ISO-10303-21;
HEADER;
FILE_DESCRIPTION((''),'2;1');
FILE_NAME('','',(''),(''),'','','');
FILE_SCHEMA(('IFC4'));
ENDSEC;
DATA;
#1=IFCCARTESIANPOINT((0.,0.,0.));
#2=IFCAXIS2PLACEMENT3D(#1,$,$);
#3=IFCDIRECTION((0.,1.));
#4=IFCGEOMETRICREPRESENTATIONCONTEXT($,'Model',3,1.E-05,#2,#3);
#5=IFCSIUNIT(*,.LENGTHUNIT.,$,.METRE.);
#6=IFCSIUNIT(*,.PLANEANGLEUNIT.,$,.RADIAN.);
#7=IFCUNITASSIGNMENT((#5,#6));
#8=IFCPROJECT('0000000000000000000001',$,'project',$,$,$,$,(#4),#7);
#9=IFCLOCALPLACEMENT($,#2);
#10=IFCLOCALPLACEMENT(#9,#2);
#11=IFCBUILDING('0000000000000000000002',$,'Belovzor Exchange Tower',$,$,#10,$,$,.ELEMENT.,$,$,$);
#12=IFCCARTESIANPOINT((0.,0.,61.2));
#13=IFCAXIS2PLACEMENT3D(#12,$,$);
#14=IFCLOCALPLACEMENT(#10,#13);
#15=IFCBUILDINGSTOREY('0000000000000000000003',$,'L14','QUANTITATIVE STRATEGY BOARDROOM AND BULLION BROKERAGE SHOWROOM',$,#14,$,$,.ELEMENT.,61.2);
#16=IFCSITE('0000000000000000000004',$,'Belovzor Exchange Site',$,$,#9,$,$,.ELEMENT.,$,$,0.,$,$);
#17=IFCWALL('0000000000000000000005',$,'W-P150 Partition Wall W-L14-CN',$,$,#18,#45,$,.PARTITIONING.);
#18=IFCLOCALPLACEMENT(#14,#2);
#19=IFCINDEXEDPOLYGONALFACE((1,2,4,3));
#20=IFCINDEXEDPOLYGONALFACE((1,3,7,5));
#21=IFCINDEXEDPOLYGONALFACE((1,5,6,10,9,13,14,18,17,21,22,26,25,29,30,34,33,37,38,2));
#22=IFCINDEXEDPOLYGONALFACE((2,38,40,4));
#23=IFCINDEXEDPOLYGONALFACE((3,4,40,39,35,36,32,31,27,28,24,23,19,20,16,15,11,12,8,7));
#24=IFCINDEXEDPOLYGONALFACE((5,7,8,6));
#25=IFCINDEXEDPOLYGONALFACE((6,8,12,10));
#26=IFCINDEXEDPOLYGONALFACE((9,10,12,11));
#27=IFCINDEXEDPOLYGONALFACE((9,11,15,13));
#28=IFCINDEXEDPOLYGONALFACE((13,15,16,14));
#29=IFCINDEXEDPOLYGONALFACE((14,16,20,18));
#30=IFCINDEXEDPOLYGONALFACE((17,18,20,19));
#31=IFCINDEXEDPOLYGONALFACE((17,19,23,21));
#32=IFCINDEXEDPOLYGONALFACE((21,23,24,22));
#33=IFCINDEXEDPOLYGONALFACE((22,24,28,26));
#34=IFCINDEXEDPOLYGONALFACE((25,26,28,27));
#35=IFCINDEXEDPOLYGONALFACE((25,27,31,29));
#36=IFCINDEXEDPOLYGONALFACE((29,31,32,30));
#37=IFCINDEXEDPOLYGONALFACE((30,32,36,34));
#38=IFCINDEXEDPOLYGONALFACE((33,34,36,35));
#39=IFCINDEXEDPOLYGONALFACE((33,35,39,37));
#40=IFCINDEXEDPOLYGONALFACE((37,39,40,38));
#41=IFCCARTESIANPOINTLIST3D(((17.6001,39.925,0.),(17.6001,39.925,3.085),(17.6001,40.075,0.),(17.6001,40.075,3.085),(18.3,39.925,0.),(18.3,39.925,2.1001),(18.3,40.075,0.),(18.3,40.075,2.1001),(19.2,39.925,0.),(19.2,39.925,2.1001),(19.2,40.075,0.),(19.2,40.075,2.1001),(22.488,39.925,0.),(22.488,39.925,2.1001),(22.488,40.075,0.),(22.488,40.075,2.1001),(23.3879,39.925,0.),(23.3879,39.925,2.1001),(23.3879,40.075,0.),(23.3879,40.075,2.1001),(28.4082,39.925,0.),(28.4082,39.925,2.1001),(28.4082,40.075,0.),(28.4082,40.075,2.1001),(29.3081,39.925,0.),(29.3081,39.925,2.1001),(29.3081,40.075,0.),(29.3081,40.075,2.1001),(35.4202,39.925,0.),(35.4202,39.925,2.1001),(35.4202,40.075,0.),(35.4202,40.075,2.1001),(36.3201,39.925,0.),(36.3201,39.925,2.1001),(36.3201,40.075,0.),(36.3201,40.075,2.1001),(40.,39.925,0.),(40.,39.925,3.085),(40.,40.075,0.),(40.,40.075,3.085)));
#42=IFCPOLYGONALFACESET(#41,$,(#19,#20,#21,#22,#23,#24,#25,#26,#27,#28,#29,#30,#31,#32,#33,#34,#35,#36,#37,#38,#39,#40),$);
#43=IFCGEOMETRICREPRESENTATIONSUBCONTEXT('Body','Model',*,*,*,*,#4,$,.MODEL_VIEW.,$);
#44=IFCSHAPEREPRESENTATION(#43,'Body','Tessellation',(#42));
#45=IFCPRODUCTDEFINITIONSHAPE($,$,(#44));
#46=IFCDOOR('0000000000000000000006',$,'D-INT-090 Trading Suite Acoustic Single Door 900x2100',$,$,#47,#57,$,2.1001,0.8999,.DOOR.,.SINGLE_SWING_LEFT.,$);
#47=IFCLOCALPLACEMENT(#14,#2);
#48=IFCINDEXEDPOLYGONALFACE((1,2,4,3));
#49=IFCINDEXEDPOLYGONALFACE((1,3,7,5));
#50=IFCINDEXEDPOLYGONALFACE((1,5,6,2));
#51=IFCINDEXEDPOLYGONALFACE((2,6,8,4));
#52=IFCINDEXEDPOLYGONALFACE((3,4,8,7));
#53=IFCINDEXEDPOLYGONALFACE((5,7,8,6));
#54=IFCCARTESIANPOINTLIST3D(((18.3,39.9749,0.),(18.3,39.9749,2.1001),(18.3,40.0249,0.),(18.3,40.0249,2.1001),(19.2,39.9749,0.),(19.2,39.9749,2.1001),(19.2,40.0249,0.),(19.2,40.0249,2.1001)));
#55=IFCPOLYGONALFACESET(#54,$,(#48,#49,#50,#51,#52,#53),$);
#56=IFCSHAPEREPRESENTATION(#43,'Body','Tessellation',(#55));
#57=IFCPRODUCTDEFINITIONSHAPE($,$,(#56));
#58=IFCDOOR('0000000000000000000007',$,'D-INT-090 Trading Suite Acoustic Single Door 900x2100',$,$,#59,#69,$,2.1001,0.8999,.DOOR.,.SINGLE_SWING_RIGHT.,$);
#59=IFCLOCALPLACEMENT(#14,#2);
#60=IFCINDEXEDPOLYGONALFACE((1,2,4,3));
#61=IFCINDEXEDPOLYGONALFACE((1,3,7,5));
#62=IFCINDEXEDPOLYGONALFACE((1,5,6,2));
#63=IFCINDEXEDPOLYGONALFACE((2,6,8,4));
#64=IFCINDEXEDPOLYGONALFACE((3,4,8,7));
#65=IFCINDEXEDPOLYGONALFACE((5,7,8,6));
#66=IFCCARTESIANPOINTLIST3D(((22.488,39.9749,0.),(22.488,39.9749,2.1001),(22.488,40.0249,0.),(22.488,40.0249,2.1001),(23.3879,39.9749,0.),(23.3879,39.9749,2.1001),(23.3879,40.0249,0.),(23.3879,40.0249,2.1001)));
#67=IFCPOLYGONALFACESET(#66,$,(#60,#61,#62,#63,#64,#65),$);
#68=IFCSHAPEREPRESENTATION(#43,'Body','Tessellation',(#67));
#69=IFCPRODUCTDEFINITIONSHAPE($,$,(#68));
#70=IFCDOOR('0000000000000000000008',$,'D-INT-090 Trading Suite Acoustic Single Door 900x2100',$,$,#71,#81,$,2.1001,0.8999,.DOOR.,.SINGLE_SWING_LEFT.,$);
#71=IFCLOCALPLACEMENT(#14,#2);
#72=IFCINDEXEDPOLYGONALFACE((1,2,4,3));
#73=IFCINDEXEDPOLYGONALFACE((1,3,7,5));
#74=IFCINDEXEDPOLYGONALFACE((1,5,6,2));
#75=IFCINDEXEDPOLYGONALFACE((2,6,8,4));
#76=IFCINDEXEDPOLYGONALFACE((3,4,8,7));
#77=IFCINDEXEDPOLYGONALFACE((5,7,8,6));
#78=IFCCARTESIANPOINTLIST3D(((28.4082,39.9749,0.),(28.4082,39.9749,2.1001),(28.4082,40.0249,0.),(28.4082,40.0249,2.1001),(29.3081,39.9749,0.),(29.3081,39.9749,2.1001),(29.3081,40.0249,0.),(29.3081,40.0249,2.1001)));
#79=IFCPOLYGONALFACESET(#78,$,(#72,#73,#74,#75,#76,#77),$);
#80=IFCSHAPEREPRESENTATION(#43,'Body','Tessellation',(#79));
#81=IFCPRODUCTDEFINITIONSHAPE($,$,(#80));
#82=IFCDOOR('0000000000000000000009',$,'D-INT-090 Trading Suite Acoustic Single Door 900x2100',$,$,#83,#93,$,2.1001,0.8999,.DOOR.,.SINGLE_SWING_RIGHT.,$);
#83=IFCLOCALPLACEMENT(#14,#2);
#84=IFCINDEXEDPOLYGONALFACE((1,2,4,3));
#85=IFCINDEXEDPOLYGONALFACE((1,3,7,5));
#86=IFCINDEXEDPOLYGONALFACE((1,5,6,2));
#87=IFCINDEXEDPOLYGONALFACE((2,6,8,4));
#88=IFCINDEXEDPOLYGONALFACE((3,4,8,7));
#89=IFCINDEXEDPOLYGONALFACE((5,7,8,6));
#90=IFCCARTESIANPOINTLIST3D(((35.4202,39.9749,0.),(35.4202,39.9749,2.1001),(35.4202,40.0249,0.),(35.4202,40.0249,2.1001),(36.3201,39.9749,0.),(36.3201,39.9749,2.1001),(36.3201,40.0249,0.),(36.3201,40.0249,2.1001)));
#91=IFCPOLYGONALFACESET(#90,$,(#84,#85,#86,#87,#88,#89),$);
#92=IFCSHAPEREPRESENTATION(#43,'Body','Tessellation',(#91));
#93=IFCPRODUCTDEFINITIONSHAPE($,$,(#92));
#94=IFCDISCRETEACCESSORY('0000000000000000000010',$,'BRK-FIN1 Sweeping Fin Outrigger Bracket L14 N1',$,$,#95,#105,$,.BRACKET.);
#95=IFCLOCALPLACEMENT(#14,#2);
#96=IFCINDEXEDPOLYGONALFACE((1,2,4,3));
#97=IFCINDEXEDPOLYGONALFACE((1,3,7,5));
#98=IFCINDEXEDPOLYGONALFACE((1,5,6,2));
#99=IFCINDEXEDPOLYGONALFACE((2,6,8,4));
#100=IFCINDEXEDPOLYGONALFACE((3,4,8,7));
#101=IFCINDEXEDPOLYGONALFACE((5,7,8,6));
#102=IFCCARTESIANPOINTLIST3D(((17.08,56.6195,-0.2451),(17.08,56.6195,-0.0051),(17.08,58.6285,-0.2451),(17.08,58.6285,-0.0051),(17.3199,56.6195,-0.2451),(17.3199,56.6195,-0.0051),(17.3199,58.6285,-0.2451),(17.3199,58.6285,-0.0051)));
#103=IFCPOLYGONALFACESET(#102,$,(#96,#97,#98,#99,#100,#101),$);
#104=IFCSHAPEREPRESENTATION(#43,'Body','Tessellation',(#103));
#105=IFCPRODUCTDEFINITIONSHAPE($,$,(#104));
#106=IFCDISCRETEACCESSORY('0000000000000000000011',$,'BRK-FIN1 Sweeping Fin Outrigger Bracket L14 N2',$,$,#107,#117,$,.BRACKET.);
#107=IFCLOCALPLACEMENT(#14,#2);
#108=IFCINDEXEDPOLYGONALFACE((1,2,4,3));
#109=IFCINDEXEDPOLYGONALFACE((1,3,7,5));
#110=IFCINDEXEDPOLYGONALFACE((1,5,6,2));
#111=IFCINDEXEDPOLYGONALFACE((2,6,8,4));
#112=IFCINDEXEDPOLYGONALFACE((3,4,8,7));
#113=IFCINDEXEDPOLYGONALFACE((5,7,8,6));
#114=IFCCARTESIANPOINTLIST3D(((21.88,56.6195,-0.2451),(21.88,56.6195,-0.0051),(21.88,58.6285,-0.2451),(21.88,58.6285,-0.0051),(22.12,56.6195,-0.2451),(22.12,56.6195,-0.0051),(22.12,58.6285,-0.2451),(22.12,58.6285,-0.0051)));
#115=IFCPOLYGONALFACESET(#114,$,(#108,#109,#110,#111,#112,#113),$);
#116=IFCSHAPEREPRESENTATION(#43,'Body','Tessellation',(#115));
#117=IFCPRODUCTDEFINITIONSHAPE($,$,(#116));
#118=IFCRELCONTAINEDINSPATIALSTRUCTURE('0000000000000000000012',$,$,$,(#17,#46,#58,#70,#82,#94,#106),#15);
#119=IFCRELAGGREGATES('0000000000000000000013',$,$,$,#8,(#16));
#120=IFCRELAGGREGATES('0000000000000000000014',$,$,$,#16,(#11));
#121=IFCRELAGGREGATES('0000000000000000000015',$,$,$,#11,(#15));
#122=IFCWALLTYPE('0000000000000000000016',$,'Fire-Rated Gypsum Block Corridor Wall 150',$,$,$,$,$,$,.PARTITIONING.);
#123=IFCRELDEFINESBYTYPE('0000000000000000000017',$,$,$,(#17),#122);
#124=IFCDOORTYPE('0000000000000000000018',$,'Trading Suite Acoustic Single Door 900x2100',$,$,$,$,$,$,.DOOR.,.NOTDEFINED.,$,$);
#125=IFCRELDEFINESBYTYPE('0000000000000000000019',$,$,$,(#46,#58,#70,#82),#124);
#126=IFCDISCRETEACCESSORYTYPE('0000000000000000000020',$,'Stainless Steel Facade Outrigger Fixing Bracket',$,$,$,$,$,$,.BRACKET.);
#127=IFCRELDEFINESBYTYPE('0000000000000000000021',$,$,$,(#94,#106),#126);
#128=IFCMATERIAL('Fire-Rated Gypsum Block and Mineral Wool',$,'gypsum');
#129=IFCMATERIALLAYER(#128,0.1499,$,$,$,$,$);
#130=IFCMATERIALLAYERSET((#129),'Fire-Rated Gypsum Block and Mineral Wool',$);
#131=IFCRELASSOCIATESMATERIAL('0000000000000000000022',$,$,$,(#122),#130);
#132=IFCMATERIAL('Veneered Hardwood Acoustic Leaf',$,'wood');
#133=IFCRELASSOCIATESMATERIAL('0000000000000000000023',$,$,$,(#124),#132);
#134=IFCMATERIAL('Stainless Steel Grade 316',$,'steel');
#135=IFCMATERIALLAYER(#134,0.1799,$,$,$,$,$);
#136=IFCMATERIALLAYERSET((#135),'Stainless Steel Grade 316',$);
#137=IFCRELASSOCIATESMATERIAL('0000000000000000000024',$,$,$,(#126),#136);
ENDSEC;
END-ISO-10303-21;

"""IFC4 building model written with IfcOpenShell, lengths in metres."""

from ifc_helpers import new_model, si_unit, direction, frame, frame_2d, origin, origin_2d, place, context, subcontext, project, spatial, rectangle, extrude, material, layer, layer_set, type_object, element, fill, save


model = new_model("IFC4")

# Units and contexts
model_context = context("Model", 3, precision=1e-05, world=origin(), true_north=direction((0.0, 1.0)))
body_context = subcontext(model_context, "Body", "Model", "MODEL_VIEW")
ifc_project = project(units=[si_unit("LENGTHUNIT", "METRE"), si_unit("PLANEANGLEUNIT", "RADIAN")], contexts=[model_context])

# Site, building, storey
site_placement = place(None, origin())
site = spatial("IfcSite", under=ifc_project, at=site_placement, Name="Belovzor Exchange Site", CompositionType="ELEMENT", RefElevation=0.0)
building_placement = place(site_placement, origin())
building = spatial("IfcBuilding", under=site, at=building_placement, Name="Belovzor Exchange Tower", CompositionType="ELEMENT")
storey_placement = place(building_placement, frame((0.0, 0.0, 61.2)))
storey = spatial("IfcBuildingStorey", under=building, at=storey_placement, Name="L14", Description="QUANTITATIVE STRATEGY BOARDROOM AND BULLION BROKERAGE SHOWROOM", CompositionType="ELEMENT", Elevation=61.2)

# Wall, openings, doors
ifc_material_1 = material(Name="Fire-Rated Gypsum Block and Mineral Wool", Category="gypsum")
ifc_layer_1 = layer(ifc_material_1, 0.1499)
ifc_layer_set_1 = layer_set([ifc_layer_1], Name="Fire-Rated Gypsum Block and Mineral Wool")
wall_type_1 = type_object("IfcWallType", Name="Fire-Rated Gypsum Block Corridor Wall 150", PredefinedType="PARTITIONING", material=ifc_layer_set_1)
wall_1_placement = place(storey_placement, frame((17.6001, 40.0, 0.0), z_axis=(0.0, 0.0, 1.0), x_axis=(1.0, 0.0, 0.0)))
wall_1 = element("IfcWall", 1, at=wall_1_placement, inside=storey, type_object=wall_type_1, Name="W-P150 Partition Wall W-L14-CN", PredefinedType="PARTITIONING", context=body_context, shape_type="SweptSolid", body=[
    extrude(rectangle(XDim=22.3999, YDim=0.1499, at=frame_2d((11.2, 0.0))), origin(), (0.0, 0.0, 1.0), 3.085),
])
opening_1_placement = place(wall_1_placement, frame((0.7, 0.0, 0.0)))
opening_1 = element("IfcOpeningElement", 2, at=opening_1_placement, cuts=wall_1, PredefinedType="OPENING", context=body_context, shape_type="SweptSolid", body=[
    extrude(rectangle(XDim=0.8999, YDim=2.1001, at=frame_2d((0.45, 1.05))), frame((0.0, 0.085, 0.0), z_axis=(0.0, -1.0, 0.0), x_axis=(1.0, 0.0, 0.0)), (0.0, 0.0, 1.0), 0.1699),
])
opening_2_placement = place(wall_1_placement, frame((4.8879, 0.0, 0.0)))
opening_2 = element("IfcOpeningElement", 3, at=opening_2_placement, cuts=wall_1, PredefinedType="OPENING", context=body_context, shape_type="SweptSolid", body=[
    extrude(rectangle(XDim=0.8999, YDim=2.1001, at=frame_2d((0.45, 1.05))), frame((0.0, 0.085, 0.0), z_axis=(0.0, -1.0, 0.0), x_axis=(1.0, 0.0, 0.0)), (0.0, 0.0, 1.0), 0.1699),
])
opening_3_placement = place(wall_1_placement, frame((10.8081, 0.0, 0.0)))
opening_3 = element("IfcOpeningElement", 4, at=opening_3_placement, cuts=wall_1, PredefinedType="OPENING", context=body_context, shape_type="SweptSolid", body=[
    extrude(rectangle(XDim=0.8999, YDim=2.1001, at=frame_2d((0.45, 1.05))), frame((0.0, 0.085, 0.0), z_axis=(0.0, -1.0, 0.0), x_axis=(1.0, 0.0, 0.0)), (0.0, 0.0, 1.0), 0.1699),
])
opening_4_placement = place(wall_1_placement, frame((17.8201, 0.0, 0.0)))
opening_4 = element("IfcOpeningElement", 5, at=opening_4_placement, cuts=wall_1, PredefinedType="OPENING", context=body_context, shape_type="SweptSolid", body=[
    extrude(rectangle(XDim=0.8999, YDim=2.1001, at=frame_2d((0.45, 1.05))), frame((0.0, 0.085, 0.0), z_axis=(0.0, -1.0, 0.0), x_axis=(1.0, 0.0, 0.0)), (0.0, 0.0, 1.0), 0.1699),
])
ifc_material_2 = material(Name="Veneered Hardwood Acoustic Leaf", Category="wood")
door_type_1 = type_object("IfcDoorType", Name="Trading Suite Acoustic Single Door 900x2100", OperationType="NOTDEFINED", PredefinedType="DOOR", material=ifc_material_2)
door_1_placement = place(opening_1_placement, origin())
door_1 = element("IfcDoor", 6, at=door_1_placement, inside=storey, type_object=door_type_1, Name="D-INT-090 Trading Suite Acoustic Single Door 900x2100", OperationType="SINGLE_SWING_LEFT", OverallHeight=2.1001, OverallWidth=0.8999, PredefinedType="DOOR", context=body_context, shape_type="SweptSolid", body=[
    extrude(rectangle(XDim=0.8999, YDim=2.1001, at=frame_2d((0.45, 1.05))), frame((0.0, 0.0249, 0.0), z_axis=(0.0, -1.0, 0.0), x_axis=(1.0, 0.0, 0.0)), (0.0, 0.0, 1.0), 0.05),
])
fill(opening_1, door_1)
door_2_placement = place(opening_2_placement, origin())
door_2 = element("IfcDoor", 7, at=door_2_placement, inside=storey, type_object=door_type_1, Name="D-INT-090 Trading Suite Acoustic Single Door 900x2100", OperationType="SINGLE_SWING_RIGHT", OverallHeight=2.1001, OverallWidth=0.8999, PredefinedType="DOOR", context=body_context, shape_type="SweptSolid", body=[
    extrude(rectangle(XDim=0.8999, YDim=2.1001, at=frame_2d((0.45, 1.05))), frame((0.0, 0.0249, 0.0), z_axis=(0.0, -1.0, 0.0), x_axis=(1.0, 0.0, 0.0)), (0.0, 0.0, 1.0), 0.05),
])
fill(opening_2, door_2)
door_3_placement = place(opening_3_placement, origin())
door_3 = element("IfcDoor", 8, at=door_3_placement, inside=storey, type_object=door_type_1, Name="D-INT-090 Trading Suite Acoustic Single Door 900x2100", OperationType="SINGLE_SWING_LEFT", OverallHeight=2.1001, OverallWidth=0.8999, PredefinedType="DOOR", context=body_context, shape_type="SweptSolid", body=[
    extrude(rectangle(XDim=0.8999, YDim=2.1001, at=frame_2d((0.45, 1.05))), frame((0.0, 0.0249, 0.0), z_axis=(0.0, -1.0, 0.0), x_axis=(1.0, 0.0, 0.0)), (0.0, 0.0, 1.0), 0.05),
])
fill(opening_3, door_3)
door_4_placement = place(opening_4_placement, origin())
door_4 = element("IfcDoor", 9, at=door_4_placement, inside=storey, type_object=door_type_1, Name="D-INT-090 Trading Suite Acoustic Single Door 900x2100", OperationType="SINGLE_SWING_RIGHT", OverallHeight=2.1001, OverallWidth=0.8999, PredefinedType="DOOR", context=body_context, shape_type="SweptSolid", body=[
    extrude(rectangle(XDim=0.8999, YDim=2.1001, at=frame_2d((0.45, 1.05))), frame((0.0, 0.0249, 0.0), z_axis=(0.0, -1.0, 0.0), x_axis=(1.0, 0.0, 0.0)), (0.0, 0.0, 1.0), 0.05),
])
fill(opening_4, door_4)

# Discrete accessories
ifc_material_3 = material(Name="Stainless Steel Grade 316", Category="steel")
ifc_layer_2 = layer(ifc_material_3, 0.1799)
ifc_layer_set_2 = layer_set([ifc_layer_2], Name="Stainless Steel Grade 316")
discrete_accessory_type = type_object("IfcDiscreteAccessoryType", Name="Stainless Steel Facade Outrigger Fixing Bracket", PredefinedType="BRACKET", material=ifc_layer_set_2)
for number, where, z_axis, x_axis, name in (
    (10, (17.2, 57.624, -0.2451), (0.0, 0.0, 1.0), (0.0, 1.0, 0.0), "BRK-FIN1 Sweeping Fin Outrigger Bracket L14 N1"),
    (11, (22.0, 57.624, -0.2451), (0.0, 0.0, 1.0), (0.0, 1.0, 0.0), "BRK-FIN1 Sweeping Fin Outrigger Bracket L14 N2"),
):
    element("IfcDiscreteAccessory", number, at=place(storey_placement, frame(where, z_axis=z_axis, x_axis=x_axis)), inside=storey, type_object=discrete_accessory_type, Name=name, PredefinedType="BRACKET", context=body_context, shape_type="SweptSolid", body=[
        extrude(rectangle(XDim=2.009, YDim=0.24, at=origin_2d()), origin(), (0.0, 0.0, 1.0), 0.24),
    ])

save(model, "model.ifc")
